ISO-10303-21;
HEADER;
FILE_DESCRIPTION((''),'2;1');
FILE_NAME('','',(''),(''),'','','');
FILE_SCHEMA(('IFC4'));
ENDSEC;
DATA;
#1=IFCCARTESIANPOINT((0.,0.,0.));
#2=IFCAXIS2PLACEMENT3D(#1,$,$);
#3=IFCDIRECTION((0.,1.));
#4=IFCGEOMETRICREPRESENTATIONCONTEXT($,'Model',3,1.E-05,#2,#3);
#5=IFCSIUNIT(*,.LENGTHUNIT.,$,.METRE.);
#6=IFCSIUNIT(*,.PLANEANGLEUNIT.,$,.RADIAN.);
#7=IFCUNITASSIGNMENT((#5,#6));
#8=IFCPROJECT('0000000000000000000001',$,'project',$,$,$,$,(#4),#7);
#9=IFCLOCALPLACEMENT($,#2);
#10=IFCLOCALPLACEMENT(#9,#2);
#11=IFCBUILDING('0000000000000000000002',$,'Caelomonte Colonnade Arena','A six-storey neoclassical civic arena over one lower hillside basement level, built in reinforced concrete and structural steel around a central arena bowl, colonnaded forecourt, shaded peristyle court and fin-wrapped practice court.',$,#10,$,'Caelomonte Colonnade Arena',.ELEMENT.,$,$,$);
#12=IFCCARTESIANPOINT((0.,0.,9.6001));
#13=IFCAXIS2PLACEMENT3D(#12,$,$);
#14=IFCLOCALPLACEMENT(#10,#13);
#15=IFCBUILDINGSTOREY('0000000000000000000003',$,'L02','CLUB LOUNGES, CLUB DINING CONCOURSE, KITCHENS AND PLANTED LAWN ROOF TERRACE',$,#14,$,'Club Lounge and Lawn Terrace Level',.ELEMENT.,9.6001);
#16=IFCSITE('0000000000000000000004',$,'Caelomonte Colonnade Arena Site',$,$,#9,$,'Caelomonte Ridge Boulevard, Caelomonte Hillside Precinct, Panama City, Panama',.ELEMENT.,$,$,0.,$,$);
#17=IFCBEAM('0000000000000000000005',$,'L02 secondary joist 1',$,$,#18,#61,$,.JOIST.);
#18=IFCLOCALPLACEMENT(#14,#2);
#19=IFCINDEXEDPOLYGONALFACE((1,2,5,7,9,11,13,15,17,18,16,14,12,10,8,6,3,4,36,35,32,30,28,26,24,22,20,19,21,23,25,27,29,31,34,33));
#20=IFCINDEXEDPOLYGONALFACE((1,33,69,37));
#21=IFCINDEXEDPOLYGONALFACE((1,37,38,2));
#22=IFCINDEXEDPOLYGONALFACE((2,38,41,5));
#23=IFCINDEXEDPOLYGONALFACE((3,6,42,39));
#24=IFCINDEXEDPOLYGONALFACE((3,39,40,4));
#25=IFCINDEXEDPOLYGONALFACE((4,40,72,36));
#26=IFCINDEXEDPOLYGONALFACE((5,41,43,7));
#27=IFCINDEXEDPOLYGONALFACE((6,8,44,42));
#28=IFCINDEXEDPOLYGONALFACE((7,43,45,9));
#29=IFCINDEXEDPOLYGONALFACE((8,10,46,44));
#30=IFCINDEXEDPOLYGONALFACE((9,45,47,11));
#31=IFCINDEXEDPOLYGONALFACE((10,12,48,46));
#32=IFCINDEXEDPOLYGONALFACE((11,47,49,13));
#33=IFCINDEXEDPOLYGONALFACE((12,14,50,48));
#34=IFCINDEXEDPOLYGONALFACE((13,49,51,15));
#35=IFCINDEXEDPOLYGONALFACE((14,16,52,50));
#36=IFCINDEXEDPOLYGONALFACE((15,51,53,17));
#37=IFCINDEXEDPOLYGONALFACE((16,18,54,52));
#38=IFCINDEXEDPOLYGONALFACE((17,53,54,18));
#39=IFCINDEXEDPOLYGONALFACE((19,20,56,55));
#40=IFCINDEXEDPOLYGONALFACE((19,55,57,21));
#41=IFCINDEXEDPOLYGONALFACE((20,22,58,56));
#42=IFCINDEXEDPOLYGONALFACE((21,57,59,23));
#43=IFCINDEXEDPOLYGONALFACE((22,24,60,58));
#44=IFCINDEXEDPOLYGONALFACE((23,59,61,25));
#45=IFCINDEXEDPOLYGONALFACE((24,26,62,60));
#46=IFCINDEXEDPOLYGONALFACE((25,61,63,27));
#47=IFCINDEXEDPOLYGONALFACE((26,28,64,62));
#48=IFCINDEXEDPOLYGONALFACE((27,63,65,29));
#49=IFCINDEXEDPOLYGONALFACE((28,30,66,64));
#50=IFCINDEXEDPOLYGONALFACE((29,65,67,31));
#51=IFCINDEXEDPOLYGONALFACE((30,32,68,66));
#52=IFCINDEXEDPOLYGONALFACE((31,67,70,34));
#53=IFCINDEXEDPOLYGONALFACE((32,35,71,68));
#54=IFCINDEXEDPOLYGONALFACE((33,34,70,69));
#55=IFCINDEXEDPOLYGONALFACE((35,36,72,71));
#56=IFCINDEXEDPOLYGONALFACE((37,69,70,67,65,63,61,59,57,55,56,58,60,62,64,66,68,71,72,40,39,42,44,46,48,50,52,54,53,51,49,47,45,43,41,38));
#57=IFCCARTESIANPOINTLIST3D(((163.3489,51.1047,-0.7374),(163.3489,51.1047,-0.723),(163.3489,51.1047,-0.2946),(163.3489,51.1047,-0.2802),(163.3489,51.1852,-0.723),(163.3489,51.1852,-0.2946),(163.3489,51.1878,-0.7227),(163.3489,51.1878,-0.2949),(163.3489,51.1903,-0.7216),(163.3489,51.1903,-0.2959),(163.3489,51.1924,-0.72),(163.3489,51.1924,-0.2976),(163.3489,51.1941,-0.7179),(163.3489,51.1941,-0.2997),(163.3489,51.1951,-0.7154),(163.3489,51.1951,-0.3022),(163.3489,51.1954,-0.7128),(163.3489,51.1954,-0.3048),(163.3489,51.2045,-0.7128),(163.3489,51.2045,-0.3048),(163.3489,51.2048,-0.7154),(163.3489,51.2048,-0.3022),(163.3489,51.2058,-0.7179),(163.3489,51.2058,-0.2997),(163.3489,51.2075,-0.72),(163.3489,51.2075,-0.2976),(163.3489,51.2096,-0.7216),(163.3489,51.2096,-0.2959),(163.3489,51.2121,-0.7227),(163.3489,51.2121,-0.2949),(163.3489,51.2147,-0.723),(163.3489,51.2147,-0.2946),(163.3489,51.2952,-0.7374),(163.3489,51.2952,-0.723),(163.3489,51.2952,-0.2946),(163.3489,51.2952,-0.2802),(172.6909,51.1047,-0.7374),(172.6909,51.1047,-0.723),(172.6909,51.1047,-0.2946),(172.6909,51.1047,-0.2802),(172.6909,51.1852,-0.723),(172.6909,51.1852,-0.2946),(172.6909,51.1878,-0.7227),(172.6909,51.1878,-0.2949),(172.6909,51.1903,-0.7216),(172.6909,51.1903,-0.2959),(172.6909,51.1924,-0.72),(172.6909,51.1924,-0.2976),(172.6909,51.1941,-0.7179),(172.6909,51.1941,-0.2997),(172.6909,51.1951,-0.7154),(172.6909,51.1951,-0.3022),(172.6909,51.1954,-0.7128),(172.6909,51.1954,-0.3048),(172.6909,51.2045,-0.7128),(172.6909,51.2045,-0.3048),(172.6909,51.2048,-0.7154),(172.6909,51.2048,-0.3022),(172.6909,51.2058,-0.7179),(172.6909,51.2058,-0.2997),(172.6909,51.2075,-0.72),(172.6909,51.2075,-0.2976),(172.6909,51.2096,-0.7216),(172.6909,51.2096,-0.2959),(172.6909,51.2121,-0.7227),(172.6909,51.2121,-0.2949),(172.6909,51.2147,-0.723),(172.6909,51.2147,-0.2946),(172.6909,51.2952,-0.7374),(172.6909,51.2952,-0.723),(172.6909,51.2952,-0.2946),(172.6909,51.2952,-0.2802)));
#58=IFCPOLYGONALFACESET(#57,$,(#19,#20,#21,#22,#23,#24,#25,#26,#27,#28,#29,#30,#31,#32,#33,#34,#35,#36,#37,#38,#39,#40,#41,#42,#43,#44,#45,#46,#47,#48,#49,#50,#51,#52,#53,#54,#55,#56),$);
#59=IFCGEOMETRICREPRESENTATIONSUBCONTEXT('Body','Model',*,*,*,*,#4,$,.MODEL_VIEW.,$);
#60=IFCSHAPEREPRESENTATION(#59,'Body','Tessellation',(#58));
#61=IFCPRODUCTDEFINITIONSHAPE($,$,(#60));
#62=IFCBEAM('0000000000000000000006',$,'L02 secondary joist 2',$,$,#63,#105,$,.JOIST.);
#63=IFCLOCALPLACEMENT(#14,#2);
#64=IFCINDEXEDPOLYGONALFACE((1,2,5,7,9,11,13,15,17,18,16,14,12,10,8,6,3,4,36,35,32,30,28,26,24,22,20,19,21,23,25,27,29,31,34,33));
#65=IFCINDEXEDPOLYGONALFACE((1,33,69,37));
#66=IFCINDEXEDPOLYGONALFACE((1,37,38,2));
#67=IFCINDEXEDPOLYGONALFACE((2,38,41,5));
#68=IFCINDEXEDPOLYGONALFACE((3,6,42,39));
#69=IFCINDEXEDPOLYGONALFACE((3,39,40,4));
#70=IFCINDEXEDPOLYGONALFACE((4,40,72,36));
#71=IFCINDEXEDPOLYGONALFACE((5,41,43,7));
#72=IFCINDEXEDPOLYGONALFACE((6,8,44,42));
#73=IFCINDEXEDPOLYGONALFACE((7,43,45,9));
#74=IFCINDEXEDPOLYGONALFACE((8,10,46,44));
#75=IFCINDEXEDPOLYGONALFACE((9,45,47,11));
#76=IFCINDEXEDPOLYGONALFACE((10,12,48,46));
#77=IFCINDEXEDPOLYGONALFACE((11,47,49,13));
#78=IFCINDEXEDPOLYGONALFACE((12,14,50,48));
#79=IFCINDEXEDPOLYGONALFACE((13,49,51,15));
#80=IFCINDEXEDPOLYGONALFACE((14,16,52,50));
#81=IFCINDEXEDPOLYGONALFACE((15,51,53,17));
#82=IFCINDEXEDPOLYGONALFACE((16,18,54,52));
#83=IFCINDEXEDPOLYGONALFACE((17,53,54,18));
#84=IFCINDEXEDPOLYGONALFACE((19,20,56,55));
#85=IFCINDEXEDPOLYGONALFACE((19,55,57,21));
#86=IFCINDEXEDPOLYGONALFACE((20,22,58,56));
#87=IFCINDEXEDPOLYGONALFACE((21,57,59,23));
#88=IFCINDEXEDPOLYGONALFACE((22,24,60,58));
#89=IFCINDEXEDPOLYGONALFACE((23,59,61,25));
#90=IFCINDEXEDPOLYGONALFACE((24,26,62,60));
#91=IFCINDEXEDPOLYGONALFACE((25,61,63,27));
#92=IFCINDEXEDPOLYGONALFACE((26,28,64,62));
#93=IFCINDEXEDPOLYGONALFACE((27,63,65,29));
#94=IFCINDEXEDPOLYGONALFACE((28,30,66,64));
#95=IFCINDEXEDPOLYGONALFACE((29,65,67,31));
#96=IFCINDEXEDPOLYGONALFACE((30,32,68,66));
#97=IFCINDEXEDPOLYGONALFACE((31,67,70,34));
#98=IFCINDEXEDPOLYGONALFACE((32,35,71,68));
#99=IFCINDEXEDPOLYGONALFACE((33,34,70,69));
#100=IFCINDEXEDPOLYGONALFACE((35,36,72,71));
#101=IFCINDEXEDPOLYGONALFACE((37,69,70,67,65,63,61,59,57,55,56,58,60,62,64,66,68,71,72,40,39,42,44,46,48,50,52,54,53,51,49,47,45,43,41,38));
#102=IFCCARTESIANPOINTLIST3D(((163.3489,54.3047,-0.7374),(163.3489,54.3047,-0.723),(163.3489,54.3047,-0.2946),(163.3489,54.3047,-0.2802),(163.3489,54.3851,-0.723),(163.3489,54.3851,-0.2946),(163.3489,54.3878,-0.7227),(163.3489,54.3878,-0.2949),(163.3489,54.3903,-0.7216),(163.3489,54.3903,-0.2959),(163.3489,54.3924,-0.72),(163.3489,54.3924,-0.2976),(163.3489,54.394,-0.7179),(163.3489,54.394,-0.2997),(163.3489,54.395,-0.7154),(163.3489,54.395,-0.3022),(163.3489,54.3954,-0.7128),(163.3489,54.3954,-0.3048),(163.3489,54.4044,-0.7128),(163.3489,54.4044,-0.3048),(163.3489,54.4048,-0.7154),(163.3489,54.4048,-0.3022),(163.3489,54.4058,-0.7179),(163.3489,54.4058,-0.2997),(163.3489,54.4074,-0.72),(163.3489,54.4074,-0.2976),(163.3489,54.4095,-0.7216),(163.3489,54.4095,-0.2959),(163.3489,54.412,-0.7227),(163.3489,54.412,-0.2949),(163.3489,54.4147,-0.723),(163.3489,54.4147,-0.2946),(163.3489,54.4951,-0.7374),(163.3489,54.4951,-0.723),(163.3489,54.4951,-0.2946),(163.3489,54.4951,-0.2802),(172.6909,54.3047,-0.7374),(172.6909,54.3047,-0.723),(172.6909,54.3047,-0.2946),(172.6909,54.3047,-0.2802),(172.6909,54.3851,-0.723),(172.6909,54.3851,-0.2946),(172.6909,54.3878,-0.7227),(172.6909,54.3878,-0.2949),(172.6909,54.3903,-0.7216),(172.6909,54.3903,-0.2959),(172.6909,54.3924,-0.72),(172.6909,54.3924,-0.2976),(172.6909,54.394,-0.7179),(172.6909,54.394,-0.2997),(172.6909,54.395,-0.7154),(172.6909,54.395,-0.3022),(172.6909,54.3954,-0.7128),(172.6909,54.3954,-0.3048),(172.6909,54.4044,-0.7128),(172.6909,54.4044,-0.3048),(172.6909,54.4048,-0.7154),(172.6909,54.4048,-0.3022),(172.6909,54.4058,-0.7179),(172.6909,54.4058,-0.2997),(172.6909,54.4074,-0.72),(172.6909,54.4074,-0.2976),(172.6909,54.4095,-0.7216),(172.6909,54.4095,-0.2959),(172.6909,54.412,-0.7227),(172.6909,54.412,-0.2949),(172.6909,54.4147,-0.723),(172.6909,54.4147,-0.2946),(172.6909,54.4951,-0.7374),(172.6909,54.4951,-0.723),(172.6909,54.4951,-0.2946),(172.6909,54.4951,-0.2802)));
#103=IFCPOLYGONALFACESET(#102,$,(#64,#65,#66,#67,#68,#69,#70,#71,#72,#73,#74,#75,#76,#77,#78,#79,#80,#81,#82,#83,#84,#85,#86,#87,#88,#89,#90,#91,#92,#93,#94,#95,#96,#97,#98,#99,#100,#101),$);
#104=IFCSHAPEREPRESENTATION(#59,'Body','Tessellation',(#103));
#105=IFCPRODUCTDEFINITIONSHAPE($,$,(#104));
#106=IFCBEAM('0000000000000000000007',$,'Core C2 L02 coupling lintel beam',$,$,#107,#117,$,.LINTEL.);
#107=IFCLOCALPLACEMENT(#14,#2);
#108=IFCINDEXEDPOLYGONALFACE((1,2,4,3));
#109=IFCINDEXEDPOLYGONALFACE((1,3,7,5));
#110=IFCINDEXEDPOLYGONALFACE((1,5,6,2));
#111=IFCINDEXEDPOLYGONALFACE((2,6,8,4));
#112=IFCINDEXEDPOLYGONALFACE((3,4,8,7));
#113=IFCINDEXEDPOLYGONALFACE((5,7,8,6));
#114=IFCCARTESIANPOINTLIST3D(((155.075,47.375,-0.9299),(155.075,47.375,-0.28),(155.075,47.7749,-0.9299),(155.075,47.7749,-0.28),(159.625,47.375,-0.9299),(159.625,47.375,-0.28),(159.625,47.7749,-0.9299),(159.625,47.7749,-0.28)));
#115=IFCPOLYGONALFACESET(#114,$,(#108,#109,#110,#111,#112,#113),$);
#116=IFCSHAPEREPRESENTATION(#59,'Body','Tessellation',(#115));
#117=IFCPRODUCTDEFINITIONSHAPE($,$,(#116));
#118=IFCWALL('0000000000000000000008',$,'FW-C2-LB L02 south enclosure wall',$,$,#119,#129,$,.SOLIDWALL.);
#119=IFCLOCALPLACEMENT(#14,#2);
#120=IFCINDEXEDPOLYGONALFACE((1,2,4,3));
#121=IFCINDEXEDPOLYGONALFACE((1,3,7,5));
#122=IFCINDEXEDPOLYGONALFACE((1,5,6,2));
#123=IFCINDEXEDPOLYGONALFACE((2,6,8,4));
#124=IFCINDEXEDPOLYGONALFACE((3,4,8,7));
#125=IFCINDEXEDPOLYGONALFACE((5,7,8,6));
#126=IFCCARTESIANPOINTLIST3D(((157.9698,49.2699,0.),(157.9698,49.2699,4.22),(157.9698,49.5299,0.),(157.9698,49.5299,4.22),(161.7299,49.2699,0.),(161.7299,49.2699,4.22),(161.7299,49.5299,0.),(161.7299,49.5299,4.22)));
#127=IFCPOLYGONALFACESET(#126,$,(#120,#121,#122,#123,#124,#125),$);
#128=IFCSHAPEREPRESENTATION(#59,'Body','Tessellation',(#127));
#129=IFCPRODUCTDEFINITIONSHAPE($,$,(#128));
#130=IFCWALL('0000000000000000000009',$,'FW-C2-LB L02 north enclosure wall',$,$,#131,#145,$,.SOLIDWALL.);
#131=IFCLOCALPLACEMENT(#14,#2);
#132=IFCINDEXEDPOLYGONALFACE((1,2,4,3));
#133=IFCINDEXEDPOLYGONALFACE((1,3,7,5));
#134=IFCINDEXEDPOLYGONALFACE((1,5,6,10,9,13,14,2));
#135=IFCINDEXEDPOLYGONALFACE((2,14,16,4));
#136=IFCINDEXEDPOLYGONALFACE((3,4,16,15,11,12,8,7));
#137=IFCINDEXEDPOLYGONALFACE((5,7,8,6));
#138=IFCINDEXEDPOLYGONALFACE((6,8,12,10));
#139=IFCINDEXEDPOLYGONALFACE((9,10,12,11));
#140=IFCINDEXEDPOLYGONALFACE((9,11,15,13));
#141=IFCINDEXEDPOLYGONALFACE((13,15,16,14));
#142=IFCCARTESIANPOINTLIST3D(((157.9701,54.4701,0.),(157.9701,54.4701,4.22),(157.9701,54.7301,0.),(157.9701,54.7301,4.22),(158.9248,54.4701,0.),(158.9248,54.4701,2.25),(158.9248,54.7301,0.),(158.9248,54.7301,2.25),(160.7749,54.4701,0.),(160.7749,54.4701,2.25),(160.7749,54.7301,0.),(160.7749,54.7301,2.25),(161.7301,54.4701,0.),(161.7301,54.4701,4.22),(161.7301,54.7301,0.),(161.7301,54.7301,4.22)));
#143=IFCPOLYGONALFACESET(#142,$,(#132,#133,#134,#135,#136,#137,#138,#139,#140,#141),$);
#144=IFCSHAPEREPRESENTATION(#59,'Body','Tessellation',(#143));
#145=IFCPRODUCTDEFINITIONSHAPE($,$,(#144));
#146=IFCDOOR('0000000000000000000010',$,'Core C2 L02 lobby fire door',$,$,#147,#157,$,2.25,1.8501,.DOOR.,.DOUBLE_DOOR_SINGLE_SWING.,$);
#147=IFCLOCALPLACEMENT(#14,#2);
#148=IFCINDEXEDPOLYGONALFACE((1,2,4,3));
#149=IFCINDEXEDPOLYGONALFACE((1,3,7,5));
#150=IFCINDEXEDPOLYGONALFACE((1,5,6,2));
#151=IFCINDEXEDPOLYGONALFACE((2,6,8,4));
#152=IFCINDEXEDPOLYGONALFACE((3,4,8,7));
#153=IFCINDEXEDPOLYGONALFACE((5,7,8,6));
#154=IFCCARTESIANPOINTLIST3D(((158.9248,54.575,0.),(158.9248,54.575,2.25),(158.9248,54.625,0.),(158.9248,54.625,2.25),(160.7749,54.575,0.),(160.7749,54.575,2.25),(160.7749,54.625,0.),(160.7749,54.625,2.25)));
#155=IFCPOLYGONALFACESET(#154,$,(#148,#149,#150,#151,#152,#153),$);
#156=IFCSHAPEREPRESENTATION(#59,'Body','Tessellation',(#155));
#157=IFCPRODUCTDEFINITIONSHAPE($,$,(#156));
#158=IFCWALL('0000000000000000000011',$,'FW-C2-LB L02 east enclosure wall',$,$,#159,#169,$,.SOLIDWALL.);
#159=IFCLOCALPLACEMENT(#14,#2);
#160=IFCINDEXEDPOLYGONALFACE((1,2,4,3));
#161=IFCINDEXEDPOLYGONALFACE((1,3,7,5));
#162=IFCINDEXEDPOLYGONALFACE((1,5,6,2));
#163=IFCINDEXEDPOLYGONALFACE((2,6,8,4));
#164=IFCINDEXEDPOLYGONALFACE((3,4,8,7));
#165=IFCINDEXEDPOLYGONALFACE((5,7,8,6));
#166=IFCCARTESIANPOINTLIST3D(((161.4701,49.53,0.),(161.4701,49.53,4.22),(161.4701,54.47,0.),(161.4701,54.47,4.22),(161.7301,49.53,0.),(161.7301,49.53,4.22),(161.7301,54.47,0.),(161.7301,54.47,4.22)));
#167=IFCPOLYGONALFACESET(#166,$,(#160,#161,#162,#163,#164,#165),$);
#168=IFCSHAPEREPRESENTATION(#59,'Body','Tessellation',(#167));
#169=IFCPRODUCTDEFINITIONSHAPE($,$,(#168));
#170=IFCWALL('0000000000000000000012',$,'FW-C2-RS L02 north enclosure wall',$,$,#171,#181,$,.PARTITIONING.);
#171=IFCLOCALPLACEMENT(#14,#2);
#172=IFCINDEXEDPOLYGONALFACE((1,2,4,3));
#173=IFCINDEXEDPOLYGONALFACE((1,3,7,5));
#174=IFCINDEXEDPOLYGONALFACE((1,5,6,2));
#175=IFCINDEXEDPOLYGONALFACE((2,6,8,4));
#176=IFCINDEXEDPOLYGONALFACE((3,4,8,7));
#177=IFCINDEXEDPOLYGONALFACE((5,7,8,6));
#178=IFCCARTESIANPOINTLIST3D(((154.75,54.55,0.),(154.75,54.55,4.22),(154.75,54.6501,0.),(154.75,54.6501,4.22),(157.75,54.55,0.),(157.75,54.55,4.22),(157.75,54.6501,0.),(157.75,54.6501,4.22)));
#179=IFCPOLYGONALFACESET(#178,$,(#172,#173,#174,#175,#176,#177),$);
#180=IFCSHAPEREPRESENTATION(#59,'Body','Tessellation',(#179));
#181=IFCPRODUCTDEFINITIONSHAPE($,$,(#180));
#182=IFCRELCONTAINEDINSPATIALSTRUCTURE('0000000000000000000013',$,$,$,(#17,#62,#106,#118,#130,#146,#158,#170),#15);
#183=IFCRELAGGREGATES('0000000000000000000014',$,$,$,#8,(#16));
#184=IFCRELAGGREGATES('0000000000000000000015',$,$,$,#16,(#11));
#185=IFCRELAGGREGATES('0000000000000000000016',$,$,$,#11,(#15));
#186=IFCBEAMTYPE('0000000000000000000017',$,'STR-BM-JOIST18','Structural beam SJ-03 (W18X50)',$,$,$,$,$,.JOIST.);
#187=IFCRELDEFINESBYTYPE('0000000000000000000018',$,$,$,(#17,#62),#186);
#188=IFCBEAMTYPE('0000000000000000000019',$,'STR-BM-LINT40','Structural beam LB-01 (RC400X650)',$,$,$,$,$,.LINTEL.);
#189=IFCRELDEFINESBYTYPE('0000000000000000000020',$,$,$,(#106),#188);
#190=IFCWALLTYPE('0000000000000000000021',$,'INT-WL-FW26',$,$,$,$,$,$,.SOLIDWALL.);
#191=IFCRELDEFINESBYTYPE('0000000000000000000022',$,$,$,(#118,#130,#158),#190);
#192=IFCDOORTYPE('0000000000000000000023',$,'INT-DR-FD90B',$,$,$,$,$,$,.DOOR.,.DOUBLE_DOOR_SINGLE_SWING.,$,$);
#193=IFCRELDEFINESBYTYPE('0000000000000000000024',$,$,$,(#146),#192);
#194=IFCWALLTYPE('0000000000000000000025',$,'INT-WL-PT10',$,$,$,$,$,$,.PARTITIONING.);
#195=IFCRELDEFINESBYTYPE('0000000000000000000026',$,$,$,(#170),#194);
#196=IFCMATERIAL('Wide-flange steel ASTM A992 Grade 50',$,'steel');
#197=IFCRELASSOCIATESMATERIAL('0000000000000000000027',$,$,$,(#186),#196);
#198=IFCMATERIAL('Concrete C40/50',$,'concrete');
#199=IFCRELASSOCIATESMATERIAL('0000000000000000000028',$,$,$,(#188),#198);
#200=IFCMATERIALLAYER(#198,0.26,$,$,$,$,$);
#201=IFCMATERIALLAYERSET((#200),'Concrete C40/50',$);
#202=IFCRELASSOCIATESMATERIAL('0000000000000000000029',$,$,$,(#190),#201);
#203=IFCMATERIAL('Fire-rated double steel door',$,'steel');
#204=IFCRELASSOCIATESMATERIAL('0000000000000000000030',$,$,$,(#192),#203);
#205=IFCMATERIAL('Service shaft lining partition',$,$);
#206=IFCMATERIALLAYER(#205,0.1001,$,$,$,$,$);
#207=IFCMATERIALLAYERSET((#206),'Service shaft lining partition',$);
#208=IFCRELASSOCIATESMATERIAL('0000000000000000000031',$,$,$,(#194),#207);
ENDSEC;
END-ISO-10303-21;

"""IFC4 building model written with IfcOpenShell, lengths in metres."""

from ifc_helpers import new_model, si_unit, direction, frame, frame_2d, origin, origin_2d, place, context, subcontext, project, spatial, rectangle, i_section, extrude, material, layer, layer_set, material_profile, profile_set, type_object, element, fill, save


model = new_model("IFC4")

# Units and contexts
model_context = context("Model", 3, precision=1e-05, world=origin(), true_north=direction((0.0, 1.0)))
body_context = subcontext(model_context, "Body", "Model", "MODEL_VIEW")
ifc_project = project(units=[si_unit("LENGTHUNIT", "METRE"), si_unit("PLANEANGLEUNIT", "RADIAN")], contexts=[model_context])

# Site, building, storey
site_placement = place(None, origin())
site = spatial("IfcSite", under=ifc_project, at=site_placement, Name="Caelomonte Colonnade Arena Site", LongName="Caelomonte Ridge Boulevard, Caelomonte Hillside Precinct, Panama City, Panama", CompositionType="ELEMENT", RefElevation=0.0)
building_placement = place(site_placement, origin())
building = spatial("IfcBuilding", under=site, at=building_placement, Name="Caelomonte Colonnade Arena", Description="A six-storey neoclassical civic arena over one lower hillside basement level, built in reinforced concrete and structural steel around a central arena bowl, colonnaded forecourt, shaded peristyle court and fin-wrapped practice court.", LongName="Caelomonte Colonnade Arena", CompositionType="ELEMENT")
storey_placement = place(building_placement, frame((0.0, 0.0, 9.6001)))
storey = spatial("IfcBuildingStorey", under=building, at=storey_placement, Name="L02", Description="CLUB LOUNGES, CLUB DINING CONCOURSE, KITCHENS AND PLANTED LAWN ROOF TERRACE", LongName="Club Lounge and Lawn Terrace Level", CompositionType="ELEMENT", Elevation=9.6001)

# Shared definitions
ifc_material_1 = material(Name="Wide-flange steel ASTM A992 Grade 50", Category="steel")

# Beams
ifc_material_profile_1 = material_profile(ifc_material_1, i_section(OverallWidth=0.1904, OverallDepth=0.4573, WebThickness=0.009, FlangeThickness=0.0144, FilletRadius=0.0103, at=origin_2d()), Name="W18X50")
ifc_profile_set_1 = profile_set([ifc_material_profile_1], Name="Wide-flange steel ASTM A992 Grade 50")
beam_type_1 = type_object("IfcBeamType", Name="STR-BM-JOIST18", Description="Structural beam SJ-03 (W18X50)", PredefinedType="JOIST", material=ifc_profile_set_1)
for number, where, z_axis, x_axis, name in (
    (1, (163.3489, 51.2, -0.5088), (1.0, 0.0, 0.0), (0.0, 1.0, 0.0), "L02 secondary joist 1"),
    (2, (163.3489, 54.3999, -0.5088), (1.0, 0.0, 0.0), (0.0, 1.0, 0.0), "L02 secondary joist 2"),
):
    element("IfcBeam", number, at=place(storey_placement, frame(where, z_axis=z_axis, x_axis=x_axis)), inside=storey, type_object=beam_type_1, Name=name, PredefinedType="JOIST", context=body_context, shape_type="SweptSolid", body=[
        extrude(i_section(OverallWidth=0.1904, OverallDepth=0.4573, WebThickness=0.009, FlangeThickness=0.0144, FilletRadius=0.0103, at=origin_2d()), origin(), (0.0, 0.0, 1.0), 9.342),
    ])
ifc_material_2 = material(Name="Concrete C40/50", Category="concrete")
ifc_material_profile_2 = material_profile(ifc_material_2, rectangle(XDim=0.3999, YDim=0.6499, at=origin_2d()), Name="RC400X650")
ifc_profile_set_2 = profile_set([ifc_material_profile_2], Name="Concrete C40/50")
beam_type_2 = type_object("IfcBeamType", Name="STR-BM-LINT40", Description="Structural beam LB-01 (RC400X650)", PredefinedType="LINTEL", material=ifc_profile_set_2)
beam_1_placement = place(storey_placement, frame((155.075, 47.575, -0.605), z_axis=(1.0, 0.0, 0.0), x_axis=(0.0, 1.0, 0.0)))
element("IfcBeam", 3, at=beam_1_placement, inside=storey, type_object=beam_type_2, Name="Core C2 L02 coupling lintel beam", PredefinedType="LINTEL", context=body_context, shape_type="SweptSolid", body=[
    extrude(rectangle(XDim=0.3999, YDim=0.6499, at=origin_2d()), origin(), (0.0, 0.0, 1.0), 4.55),
])

# Wall
ifc_layer_1 = layer(ifc_material_2, 0.26)
ifc_layer_set_1 = layer_set([ifc_layer_1], Name="Concrete C40/50")
wall_type_1 = type_object("IfcWallType", Name="INT-WL-FW26", PredefinedType="SOLIDWALL", material=ifc_layer_set_1)
wall_1_placement = place(storey_placement, frame((157.97, 49.3999, 0.0), z_axis=(0.0, 0.0, 1.0), x_axis=(1.0, 0.0, 0.0)))
element("IfcWall", 4, at=wall_1_placement, inside=storey, type_object=wall_type_1, Name="FW-C2-LB L02 south enclosure wall", PredefinedType="SOLIDWALL", context=body_context, shape_type="SweptSolid", body=[
    extrude(rectangle(XDim=3.76, YDim=0.26, at=frame_2d((1.8799, 0.0))), origin(), (0.0, 0.0, 1.0), 4.22),
])

# Wall, opening, door
wall_2_placement = place(storey_placement, frame((161.73, 54.6001, 0.0), z_axis=(0.0, 0.0, 1.0), x_axis=(-1.0, 0.0, 0.0)))
wall_2 = element("IfcWall", 5, at=wall_2_placement, inside=storey, type_object=wall_type_1, Name="FW-C2-LB L02 north enclosure wall", PredefinedType="SOLIDWALL", context=body_context, shape_type="SweptSolid", body=[
    extrude(rectangle(XDim=3.76, YDim=0.26, at=frame_2d((1.8799, 0.0))), origin(), (0.0, 0.0, 1.0), 4.22),
])
opening_1_placement = place(wall_2_placement, frame((2.8052, 0.0, 0.0), z_axis=(0.0, 0.0, 1.0), x_axis=(-1.0, 0.0, 0.0)))
opening_1 = element("IfcOpeningElement", 6, at=opening_1_placement, cuts=wall_2, PredefinedType="OPENING", context=body_context, shape_type="SweptSolid", body=[
    extrude(rectangle(XDim=1.8501, YDim=2.25, at=frame_2d((0.925, 1.125))), frame((0.0, 0.1399, 0.0), z_axis=(0.0, -1.0, 0.0), x_axis=(1.0, 0.0, 0.0)), (0.0, 0.0, 1.0), 0.28),
])
ifc_material_3 = material(Name="Fire-rated double steel door", Category="steel")
door_type_1 = type_object("IfcDoorType", Name="INT-DR-FD90B", OperationType="DOUBLE_DOOR_SINGLE_SWING", PredefinedType="DOOR", material=ifc_material_3)
door_1_placement = place(opening_1_placement, origin())
door_1 = element("IfcDoor", 7, at=door_1_placement, inside=storey, type_object=door_type_1, Name="Core C2 L02 lobby fire door", OperationType="DOUBLE_DOOR_SINGLE_SWING", OverallHeight=2.25, OverallWidth=1.8501, PredefinedType="DOOR", context=body_context, shape_type="SweptSolid", body=[
    extrude(rectangle(XDim=1.8501, YDim=2.25, at=frame_2d((0.925, 1.125))), frame((0.0, 0.0249, 0.0), z_axis=(0.0, -1.0, 0.0), x_axis=(1.0, 0.0, 0.0)), (0.0, 0.0, 1.0), 0.05),
])
fill(opening_1, door_1)

# Walls
wall_3_placement = place(storey_placement, frame((161.6001, 49.53, 0.0), z_axis=(0.0, 0.0, 1.0), x_axis=(0.0, 1.0, 0.0)))
element("IfcWall", 8, at=wall_3_placement, inside=storey, type_object=wall_type_1, Name="FW-C2-LB L02 east enclosure wall", PredefinedType="SOLIDWALL", context=body_context, shape_type="SweptSolid", body=[
    extrude(rectangle(XDim=4.9399, YDim=0.26, at=frame_2d((2.47, 0.0))), origin(), (0.0, 0.0, 1.0), 4.22),
])
ifc_material_4 = material(Name="Service shaft lining partition")
ifc_layer_2 = layer(ifc_material_4, 0.1001)
ifc_layer_set_2 = layer_set([ifc_layer_2], Name="Service shaft lining partition")
wall_type_2 = type_object("IfcWallType", Name="INT-WL-PT10", PredefinedType="PARTITIONING", material=ifc_layer_set_2)
wall_4_placement = place(storey_placement, frame((157.75, 54.6001, 0.0), z_axis=(0.0, 0.0, 1.0), x_axis=(-1.0, 0.0, 0.0)))
element("IfcWall", 9, at=wall_4_placement, inside=storey, type_object=wall_type_2, Name="FW-C2-RS L02 north enclosure wall", PredefinedType="PARTITIONING", context=body_context, shape_type="SweptSolid", body=[
    extrude(rectangle(XDim=3.0, YDim=0.1001, at=frame_2d((1.5, 0.0))), origin(), (0.0, 0.0, 1.0), 4.22),
])

save(model, "model.ifc")
